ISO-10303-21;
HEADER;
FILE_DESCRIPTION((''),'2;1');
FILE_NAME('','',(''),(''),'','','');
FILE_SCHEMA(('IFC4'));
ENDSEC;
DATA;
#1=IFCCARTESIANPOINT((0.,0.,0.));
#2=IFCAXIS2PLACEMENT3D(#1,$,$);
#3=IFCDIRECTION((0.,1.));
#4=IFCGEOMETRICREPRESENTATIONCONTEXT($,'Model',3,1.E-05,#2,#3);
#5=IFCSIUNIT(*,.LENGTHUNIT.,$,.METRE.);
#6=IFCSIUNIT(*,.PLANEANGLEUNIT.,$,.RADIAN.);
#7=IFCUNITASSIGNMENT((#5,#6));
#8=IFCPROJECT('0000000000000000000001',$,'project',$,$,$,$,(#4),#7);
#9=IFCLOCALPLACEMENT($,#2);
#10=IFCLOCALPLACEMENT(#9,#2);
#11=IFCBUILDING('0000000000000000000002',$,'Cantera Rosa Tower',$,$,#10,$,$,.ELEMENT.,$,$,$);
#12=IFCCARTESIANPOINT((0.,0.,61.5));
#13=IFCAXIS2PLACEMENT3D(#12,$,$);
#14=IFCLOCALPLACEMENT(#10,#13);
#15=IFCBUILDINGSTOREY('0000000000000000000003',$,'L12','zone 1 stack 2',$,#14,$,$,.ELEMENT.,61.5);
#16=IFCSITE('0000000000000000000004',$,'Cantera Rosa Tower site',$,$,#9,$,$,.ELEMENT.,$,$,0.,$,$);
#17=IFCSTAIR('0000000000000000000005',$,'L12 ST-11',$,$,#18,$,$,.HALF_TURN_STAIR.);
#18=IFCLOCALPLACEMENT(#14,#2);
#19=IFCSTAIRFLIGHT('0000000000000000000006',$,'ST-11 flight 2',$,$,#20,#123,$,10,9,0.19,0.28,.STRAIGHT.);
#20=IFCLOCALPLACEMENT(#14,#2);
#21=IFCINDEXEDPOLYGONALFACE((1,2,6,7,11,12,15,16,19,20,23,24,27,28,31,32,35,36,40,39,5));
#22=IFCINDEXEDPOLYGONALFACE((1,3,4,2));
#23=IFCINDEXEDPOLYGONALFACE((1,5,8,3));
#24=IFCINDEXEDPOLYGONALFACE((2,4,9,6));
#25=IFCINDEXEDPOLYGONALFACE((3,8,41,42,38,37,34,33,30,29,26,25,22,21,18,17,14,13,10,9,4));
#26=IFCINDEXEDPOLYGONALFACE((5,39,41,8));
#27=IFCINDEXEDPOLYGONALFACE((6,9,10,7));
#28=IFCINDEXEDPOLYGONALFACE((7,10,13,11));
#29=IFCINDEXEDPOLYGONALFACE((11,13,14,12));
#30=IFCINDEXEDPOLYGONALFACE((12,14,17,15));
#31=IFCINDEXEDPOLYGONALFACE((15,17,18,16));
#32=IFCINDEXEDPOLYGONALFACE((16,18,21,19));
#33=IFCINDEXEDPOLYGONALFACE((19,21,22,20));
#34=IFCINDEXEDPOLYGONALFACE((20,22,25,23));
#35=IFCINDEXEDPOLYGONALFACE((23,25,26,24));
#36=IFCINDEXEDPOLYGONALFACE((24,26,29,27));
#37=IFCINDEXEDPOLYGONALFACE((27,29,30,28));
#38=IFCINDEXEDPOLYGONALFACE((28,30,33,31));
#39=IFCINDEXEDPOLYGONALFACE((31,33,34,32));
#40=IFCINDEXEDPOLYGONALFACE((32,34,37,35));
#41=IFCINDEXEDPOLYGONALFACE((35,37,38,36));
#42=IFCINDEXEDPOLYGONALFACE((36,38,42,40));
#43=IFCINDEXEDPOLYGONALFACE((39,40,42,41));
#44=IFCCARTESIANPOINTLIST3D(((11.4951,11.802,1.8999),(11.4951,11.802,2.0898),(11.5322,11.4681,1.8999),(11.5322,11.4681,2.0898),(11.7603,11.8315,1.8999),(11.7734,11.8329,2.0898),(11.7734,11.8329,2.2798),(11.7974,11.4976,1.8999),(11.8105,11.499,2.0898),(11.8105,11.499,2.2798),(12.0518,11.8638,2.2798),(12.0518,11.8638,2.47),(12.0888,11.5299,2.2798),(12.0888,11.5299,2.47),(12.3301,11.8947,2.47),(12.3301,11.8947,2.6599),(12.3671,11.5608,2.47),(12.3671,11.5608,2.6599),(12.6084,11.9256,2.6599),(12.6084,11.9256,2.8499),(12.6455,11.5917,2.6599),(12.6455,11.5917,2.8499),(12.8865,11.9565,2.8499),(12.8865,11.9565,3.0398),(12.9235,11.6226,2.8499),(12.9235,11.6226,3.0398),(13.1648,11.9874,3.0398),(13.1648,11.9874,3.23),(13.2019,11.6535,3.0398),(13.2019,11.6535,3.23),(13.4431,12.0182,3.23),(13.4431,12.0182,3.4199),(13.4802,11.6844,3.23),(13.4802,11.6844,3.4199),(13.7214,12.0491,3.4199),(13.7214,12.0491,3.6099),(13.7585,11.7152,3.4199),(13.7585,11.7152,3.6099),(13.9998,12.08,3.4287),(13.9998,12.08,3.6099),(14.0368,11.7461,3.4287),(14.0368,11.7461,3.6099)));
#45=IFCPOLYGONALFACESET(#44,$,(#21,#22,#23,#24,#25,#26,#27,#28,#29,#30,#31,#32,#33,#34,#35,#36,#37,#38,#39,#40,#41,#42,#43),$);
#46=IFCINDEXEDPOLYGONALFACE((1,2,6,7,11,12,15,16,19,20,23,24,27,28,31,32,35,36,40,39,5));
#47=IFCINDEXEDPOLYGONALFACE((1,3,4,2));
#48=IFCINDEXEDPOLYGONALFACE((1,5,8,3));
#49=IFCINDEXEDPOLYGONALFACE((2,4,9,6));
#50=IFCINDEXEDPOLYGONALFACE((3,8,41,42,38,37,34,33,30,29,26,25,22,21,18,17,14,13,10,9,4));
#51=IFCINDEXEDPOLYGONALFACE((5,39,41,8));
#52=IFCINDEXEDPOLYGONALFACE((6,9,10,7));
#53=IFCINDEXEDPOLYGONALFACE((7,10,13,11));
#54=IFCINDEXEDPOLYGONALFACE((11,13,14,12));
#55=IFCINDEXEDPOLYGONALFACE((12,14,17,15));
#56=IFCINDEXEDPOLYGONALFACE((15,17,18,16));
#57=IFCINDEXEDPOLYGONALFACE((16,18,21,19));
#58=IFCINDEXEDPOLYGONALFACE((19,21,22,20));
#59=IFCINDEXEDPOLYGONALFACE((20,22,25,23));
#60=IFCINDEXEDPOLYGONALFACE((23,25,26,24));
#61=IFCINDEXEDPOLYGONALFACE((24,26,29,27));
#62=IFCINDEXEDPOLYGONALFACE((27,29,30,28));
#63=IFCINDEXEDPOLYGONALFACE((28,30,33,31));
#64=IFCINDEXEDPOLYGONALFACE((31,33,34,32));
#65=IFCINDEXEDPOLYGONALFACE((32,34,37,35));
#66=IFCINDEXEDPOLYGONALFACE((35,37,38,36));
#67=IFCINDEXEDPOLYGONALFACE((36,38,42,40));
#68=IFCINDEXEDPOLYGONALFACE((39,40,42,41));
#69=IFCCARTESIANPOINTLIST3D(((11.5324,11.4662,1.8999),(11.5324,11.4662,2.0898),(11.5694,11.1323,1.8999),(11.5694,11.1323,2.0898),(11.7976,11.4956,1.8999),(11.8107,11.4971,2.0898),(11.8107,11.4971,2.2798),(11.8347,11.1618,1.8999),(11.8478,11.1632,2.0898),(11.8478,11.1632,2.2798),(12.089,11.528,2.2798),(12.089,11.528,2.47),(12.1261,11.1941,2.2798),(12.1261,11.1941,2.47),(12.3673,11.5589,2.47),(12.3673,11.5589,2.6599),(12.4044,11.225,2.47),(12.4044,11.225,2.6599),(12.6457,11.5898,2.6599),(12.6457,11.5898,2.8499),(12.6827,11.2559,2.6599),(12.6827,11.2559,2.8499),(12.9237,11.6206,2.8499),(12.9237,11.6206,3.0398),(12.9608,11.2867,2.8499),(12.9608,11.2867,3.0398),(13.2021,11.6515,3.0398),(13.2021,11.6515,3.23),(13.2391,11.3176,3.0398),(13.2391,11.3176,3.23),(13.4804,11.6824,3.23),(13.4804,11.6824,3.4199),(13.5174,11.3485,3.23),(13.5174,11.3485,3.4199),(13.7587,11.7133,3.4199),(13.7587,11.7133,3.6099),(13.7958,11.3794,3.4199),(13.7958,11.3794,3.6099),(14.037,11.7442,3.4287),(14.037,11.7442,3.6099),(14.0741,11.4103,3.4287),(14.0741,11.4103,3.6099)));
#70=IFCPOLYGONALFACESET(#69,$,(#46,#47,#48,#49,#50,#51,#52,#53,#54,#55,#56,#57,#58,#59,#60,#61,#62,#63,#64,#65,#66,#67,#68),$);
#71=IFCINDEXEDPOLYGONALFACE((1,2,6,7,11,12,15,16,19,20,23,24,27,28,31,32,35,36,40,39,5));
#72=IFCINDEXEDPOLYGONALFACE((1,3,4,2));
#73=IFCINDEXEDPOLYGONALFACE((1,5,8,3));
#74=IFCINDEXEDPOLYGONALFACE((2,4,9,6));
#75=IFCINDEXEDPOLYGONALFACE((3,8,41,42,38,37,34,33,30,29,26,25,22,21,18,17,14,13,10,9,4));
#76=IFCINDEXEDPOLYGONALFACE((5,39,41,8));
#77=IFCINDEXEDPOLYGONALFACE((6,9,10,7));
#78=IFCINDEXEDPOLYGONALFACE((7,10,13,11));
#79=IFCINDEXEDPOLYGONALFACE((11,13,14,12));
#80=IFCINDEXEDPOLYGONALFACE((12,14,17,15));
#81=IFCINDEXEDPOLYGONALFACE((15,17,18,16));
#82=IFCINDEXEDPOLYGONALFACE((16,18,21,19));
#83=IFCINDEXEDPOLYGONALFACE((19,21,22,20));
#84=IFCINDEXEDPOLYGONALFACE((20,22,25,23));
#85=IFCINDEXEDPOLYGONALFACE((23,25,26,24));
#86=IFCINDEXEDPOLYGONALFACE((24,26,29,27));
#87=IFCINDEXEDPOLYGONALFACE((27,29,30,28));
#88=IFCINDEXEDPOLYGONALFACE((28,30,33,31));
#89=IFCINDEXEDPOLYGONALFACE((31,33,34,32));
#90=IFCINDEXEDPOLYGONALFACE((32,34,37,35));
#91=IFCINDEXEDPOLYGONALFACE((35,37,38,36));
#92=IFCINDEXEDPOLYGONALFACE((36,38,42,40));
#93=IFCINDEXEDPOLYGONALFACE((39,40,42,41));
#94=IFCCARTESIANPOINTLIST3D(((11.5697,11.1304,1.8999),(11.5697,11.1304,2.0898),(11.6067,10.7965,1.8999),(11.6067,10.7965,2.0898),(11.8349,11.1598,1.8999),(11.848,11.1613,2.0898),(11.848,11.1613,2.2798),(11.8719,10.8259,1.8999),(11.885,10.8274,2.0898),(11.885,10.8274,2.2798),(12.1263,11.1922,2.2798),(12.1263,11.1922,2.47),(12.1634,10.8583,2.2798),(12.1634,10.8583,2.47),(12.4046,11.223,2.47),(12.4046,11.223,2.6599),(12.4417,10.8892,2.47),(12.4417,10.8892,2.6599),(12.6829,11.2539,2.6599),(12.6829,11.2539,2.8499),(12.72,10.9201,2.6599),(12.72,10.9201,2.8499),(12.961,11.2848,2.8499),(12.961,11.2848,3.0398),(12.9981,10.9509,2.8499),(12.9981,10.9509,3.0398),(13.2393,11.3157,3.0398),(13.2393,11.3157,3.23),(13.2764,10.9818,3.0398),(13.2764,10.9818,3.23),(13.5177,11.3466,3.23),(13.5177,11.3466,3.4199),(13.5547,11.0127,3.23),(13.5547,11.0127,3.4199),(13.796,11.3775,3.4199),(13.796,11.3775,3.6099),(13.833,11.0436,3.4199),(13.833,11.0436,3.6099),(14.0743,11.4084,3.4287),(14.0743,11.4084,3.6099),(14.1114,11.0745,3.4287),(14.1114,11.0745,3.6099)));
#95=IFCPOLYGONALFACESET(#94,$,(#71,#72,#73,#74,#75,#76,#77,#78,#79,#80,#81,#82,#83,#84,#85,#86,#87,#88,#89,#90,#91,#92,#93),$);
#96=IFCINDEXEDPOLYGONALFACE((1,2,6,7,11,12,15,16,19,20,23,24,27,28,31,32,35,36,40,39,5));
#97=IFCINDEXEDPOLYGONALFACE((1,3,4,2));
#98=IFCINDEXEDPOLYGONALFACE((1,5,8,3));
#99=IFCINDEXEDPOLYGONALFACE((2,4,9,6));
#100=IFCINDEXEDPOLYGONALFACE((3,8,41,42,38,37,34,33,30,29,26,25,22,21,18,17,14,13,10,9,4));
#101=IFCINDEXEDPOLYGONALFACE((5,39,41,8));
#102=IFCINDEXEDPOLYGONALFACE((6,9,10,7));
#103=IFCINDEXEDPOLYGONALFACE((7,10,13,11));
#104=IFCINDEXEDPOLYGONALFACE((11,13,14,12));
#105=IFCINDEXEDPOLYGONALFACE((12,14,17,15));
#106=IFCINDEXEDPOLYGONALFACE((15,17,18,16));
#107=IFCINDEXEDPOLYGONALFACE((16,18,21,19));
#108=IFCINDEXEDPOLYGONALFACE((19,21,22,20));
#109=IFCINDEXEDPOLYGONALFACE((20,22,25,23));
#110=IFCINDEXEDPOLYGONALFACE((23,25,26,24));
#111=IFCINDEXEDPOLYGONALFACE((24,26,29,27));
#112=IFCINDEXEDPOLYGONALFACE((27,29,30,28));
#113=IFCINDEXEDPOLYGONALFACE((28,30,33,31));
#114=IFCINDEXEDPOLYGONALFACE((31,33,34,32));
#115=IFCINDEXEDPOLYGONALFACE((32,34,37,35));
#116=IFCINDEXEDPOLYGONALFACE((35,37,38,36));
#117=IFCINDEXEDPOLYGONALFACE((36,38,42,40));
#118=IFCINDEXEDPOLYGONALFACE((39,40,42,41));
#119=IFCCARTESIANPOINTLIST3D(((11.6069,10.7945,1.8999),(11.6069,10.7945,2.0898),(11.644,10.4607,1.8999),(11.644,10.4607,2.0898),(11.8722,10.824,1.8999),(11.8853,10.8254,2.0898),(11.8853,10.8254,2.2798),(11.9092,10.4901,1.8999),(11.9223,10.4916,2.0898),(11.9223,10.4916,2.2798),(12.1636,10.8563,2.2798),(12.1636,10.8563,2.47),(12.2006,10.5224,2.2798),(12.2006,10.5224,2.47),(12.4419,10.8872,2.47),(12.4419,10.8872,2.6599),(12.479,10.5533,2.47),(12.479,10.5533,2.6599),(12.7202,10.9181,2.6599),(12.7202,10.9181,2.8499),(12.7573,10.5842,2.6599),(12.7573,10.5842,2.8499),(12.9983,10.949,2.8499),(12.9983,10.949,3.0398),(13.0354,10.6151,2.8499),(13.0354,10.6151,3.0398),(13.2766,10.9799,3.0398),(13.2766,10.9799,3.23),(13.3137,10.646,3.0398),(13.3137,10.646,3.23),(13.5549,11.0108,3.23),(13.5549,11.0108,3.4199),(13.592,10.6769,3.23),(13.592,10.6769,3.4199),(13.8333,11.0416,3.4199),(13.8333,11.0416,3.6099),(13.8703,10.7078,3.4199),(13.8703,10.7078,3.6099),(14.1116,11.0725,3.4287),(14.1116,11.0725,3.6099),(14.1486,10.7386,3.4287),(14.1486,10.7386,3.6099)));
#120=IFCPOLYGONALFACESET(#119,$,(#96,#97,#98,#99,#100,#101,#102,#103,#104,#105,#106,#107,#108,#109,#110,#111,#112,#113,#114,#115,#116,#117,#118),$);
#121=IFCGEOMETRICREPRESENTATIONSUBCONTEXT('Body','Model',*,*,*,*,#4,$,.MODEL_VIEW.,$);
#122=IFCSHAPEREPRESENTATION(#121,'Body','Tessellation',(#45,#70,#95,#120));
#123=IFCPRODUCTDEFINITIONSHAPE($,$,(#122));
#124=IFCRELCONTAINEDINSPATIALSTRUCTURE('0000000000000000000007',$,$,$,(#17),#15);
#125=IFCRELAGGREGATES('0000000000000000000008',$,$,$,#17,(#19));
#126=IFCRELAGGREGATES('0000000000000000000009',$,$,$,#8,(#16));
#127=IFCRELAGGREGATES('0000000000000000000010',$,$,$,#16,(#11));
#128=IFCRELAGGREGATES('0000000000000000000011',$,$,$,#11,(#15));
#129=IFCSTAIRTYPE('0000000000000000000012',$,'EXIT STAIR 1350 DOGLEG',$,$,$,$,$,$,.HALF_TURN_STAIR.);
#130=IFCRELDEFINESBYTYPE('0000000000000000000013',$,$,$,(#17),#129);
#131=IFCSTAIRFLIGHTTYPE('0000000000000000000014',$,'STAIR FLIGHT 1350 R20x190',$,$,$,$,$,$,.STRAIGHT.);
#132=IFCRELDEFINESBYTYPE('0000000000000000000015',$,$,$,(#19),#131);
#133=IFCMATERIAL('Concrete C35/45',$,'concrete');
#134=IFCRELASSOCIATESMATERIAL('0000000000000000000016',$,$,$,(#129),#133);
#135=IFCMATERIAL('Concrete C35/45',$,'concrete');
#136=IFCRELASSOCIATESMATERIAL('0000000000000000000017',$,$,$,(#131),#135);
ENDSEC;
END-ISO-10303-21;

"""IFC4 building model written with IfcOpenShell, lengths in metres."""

from ifc_helpers import new_model, si_unit, direction, frame, origin, place, context, subcontext, project, spatial, polyline, outline, extrude, material, type_object, element, aggregate, save


model = new_model("IFC4")

# Units and contexts
model_context = context("Model", 3, precision=1e-05, world=origin(), true_north=direction((0.0, 1.0)))
body_context = subcontext(model_context, "Body", "Model", "MODEL_VIEW")
ifc_project = project(units=[si_unit("LENGTHUNIT", "METRE"), si_unit("PLANEANGLEUNIT", "RADIAN")], contexts=[model_context])

# Site, building, storey
site_placement = place(None, origin())
site = spatial("IfcSite", under=ifc_project, at=site_placement, Name="Cantera Rosa Tower site", CompositionType="ELEMENT", RefElevation=0.0)
building_placement = place(site_placement, origin())
building = spatial("IfcBuilding", under=site, at=building_placement, Name="Cantera Rosa Tower", CompositionType="ELEMENT")
storey_placement = place(building_placement, frame((0.0, 0.0, 61.5)))
storey = spatial("IfcBuildingStorey", under=building, at=storey_placement, Name="L12", Description="zone 1 stack 2", CompositionType="ELEMENT", Elevation=61.5)

# Stair
ifc_material_1 = material(Name="Concrete C35/45", Category="concrete")
stair_type = type_object("IfcStairType", Name="EXIT STAIR 1350 DOGLEG", PredefinedType="HALF_TURN_STAIR", material=ifc_material_1)
stair_1_placement = place(storey_placement, origin())
stair_1 = element("IfcStair", 1, at=stair_1_placement, inside=storey, type_object=stair_type, Name="L12 ST-11", PredefinedType="HALF_TURN_STAIR")

# Stair flight
ifc_material_2 = material(Name="Concrete C35/45", Category="concrete")
stair_flight_type = type_object("IfcStairFlightType", Name="STAIR FLIGHT 1350 R20x190", PredefinedType="STRAIGHT", material=ifc_material_2)
stair_flight_placement = place(storey_placement, frame((11.5696, 11.1311, 1.8999), z_axis=(0.0, 0.0, 1.0), x_axis=(0.993897, 0.110313, 0.0)))
stair_flight = element("IfcStairFlight", 2, at=stair_flight_placement, type_object=stair_flight_type, Name="ST-11 flight 2", NumberOfRisers=10, NumberOfTreads=9, PredefinedType="STRAIGHT", RiserHeight=0.19, TreadLength=0.28, context=body_context, shape_type="SweptSolid", body=[
    extrude(outline(polyline([(0.0, 0.0), (0.0, 0.1899), (0.28, 0.1899), (0.28, 0.3799), (0.5601, 0.3799), (0.5601, 0.5701), (0.8401, 0.5701), (0.8401, 0.76), (1.1201, 0.76), (1.1201, 0.95), (1.3999, 0.95), (1.3999, 1.1399), (1.6799, 1.1399), (1.6799, 1.3301), (1.96, 1.3301), (1.96, 1.52), (2.24, 1.52), (2.24, 1.71), (2.52, 1.71), (2.52, 1.8999), (2.52, 1.5288), (0.2668, 0.0), (0.0, 0.0)])), frame((0.0, 0.675, 0.0), z_axis=(0.0, -1.0, 0.0), x_axis=(1.0, 0.0, 0.0)), (0.0, 0.0, 1.0), 0.3359),
    extrude(outline(polyline([(0.0, 0.0), (0.0, 0.1899), (0.28, 0.1899), (0.28, 0.3799), (0.5601, 0.3799), (0.5601, 0.5701), (0.8401, 0.5701), (0.8401, 0.76), (1.1201, 0.76), (1.1201, 0.95), (1.3999, 0.95), (1.3999, 1.1399), (1.6799, 1.1399), (1.6799, 1.3301), (1.96, 1.3301), (1.96, 1.52), (2.24, 1.52), (2.24, 1.71), (2.52, 1.71), (2.52, 1.8999), (2.52, 1.5288), (0.2668, 0.0), (0.0, 0.0)])), frame((0.0, 0.3372, 0.0), z_axis=(0.0, -1.0, 0.0), x_axis=(1.0, 0.0, 0.0)), (0.0, 0.0, 1.0), 0.3359),
    extrude(outline(polyline([(0.0, 0.0), (0.0, 0.1899), (0.28, 0.1899), (0.28, 0.3799), (0.5601, 0.3799), (0.5601, 0.5701), (0.8401, 0.5701), (0.8401, 0.76), (1.1201, 0.76), (1.1201, 0.95), (1.3999, 0.95), (1.3999, 1.1399), (1.6799, 1.1399), (1.6799, 1.3301), (1.96, 1.3301), (1.96, 1.52), (2.24, 1.52), (2.24, 1.71), (2.52, 1.71), (2.52, 1.8999), (2.52, 1.5288), (0.2668, 0.0), (0.0, 0.0)])), frame((0.0, -0.0007, 0.0), z_axis=(0.0, -1.0, 0.0), x_axis=(1.0, 0.0, 0.0)), (0.0, 0.0, 1.0), 0.3359),
    extrude(outline(polyline([(0.0, 0.0), (0.0, 0.1899), (0.28, 0.1899), (0.28, 0.3799), (0.5601, 0.3799), (0.5601, 0.5701), (0.8401, 0.5701), (0.8401, 0.76), (1.1201, 0.76), (1.1201, 0.95), (1.3999, 0.95), (1.3999, 1.1399), (1.6799, 1.1399), (1.6799, 1.3301), (1.96, 1.3301), (1.96, 1.52), (2.24, 1.52), (2.24, 1.71), (2.52, 1.71), (2.52, 1.8999), (2.52, 1.5288), (0.2668, 0.0), (0.0, 0.0)])), frame((0.0, -0.3386, 0.0), z_axis=(0.0, -1.0, 0.0), x_axis=(1.0, 0.0, 0.0)), (0.0, 0.0, 1.0), 0.3359),
])
aggregate(stair_1, [stair_flight])

save(model, "model.ifc")
